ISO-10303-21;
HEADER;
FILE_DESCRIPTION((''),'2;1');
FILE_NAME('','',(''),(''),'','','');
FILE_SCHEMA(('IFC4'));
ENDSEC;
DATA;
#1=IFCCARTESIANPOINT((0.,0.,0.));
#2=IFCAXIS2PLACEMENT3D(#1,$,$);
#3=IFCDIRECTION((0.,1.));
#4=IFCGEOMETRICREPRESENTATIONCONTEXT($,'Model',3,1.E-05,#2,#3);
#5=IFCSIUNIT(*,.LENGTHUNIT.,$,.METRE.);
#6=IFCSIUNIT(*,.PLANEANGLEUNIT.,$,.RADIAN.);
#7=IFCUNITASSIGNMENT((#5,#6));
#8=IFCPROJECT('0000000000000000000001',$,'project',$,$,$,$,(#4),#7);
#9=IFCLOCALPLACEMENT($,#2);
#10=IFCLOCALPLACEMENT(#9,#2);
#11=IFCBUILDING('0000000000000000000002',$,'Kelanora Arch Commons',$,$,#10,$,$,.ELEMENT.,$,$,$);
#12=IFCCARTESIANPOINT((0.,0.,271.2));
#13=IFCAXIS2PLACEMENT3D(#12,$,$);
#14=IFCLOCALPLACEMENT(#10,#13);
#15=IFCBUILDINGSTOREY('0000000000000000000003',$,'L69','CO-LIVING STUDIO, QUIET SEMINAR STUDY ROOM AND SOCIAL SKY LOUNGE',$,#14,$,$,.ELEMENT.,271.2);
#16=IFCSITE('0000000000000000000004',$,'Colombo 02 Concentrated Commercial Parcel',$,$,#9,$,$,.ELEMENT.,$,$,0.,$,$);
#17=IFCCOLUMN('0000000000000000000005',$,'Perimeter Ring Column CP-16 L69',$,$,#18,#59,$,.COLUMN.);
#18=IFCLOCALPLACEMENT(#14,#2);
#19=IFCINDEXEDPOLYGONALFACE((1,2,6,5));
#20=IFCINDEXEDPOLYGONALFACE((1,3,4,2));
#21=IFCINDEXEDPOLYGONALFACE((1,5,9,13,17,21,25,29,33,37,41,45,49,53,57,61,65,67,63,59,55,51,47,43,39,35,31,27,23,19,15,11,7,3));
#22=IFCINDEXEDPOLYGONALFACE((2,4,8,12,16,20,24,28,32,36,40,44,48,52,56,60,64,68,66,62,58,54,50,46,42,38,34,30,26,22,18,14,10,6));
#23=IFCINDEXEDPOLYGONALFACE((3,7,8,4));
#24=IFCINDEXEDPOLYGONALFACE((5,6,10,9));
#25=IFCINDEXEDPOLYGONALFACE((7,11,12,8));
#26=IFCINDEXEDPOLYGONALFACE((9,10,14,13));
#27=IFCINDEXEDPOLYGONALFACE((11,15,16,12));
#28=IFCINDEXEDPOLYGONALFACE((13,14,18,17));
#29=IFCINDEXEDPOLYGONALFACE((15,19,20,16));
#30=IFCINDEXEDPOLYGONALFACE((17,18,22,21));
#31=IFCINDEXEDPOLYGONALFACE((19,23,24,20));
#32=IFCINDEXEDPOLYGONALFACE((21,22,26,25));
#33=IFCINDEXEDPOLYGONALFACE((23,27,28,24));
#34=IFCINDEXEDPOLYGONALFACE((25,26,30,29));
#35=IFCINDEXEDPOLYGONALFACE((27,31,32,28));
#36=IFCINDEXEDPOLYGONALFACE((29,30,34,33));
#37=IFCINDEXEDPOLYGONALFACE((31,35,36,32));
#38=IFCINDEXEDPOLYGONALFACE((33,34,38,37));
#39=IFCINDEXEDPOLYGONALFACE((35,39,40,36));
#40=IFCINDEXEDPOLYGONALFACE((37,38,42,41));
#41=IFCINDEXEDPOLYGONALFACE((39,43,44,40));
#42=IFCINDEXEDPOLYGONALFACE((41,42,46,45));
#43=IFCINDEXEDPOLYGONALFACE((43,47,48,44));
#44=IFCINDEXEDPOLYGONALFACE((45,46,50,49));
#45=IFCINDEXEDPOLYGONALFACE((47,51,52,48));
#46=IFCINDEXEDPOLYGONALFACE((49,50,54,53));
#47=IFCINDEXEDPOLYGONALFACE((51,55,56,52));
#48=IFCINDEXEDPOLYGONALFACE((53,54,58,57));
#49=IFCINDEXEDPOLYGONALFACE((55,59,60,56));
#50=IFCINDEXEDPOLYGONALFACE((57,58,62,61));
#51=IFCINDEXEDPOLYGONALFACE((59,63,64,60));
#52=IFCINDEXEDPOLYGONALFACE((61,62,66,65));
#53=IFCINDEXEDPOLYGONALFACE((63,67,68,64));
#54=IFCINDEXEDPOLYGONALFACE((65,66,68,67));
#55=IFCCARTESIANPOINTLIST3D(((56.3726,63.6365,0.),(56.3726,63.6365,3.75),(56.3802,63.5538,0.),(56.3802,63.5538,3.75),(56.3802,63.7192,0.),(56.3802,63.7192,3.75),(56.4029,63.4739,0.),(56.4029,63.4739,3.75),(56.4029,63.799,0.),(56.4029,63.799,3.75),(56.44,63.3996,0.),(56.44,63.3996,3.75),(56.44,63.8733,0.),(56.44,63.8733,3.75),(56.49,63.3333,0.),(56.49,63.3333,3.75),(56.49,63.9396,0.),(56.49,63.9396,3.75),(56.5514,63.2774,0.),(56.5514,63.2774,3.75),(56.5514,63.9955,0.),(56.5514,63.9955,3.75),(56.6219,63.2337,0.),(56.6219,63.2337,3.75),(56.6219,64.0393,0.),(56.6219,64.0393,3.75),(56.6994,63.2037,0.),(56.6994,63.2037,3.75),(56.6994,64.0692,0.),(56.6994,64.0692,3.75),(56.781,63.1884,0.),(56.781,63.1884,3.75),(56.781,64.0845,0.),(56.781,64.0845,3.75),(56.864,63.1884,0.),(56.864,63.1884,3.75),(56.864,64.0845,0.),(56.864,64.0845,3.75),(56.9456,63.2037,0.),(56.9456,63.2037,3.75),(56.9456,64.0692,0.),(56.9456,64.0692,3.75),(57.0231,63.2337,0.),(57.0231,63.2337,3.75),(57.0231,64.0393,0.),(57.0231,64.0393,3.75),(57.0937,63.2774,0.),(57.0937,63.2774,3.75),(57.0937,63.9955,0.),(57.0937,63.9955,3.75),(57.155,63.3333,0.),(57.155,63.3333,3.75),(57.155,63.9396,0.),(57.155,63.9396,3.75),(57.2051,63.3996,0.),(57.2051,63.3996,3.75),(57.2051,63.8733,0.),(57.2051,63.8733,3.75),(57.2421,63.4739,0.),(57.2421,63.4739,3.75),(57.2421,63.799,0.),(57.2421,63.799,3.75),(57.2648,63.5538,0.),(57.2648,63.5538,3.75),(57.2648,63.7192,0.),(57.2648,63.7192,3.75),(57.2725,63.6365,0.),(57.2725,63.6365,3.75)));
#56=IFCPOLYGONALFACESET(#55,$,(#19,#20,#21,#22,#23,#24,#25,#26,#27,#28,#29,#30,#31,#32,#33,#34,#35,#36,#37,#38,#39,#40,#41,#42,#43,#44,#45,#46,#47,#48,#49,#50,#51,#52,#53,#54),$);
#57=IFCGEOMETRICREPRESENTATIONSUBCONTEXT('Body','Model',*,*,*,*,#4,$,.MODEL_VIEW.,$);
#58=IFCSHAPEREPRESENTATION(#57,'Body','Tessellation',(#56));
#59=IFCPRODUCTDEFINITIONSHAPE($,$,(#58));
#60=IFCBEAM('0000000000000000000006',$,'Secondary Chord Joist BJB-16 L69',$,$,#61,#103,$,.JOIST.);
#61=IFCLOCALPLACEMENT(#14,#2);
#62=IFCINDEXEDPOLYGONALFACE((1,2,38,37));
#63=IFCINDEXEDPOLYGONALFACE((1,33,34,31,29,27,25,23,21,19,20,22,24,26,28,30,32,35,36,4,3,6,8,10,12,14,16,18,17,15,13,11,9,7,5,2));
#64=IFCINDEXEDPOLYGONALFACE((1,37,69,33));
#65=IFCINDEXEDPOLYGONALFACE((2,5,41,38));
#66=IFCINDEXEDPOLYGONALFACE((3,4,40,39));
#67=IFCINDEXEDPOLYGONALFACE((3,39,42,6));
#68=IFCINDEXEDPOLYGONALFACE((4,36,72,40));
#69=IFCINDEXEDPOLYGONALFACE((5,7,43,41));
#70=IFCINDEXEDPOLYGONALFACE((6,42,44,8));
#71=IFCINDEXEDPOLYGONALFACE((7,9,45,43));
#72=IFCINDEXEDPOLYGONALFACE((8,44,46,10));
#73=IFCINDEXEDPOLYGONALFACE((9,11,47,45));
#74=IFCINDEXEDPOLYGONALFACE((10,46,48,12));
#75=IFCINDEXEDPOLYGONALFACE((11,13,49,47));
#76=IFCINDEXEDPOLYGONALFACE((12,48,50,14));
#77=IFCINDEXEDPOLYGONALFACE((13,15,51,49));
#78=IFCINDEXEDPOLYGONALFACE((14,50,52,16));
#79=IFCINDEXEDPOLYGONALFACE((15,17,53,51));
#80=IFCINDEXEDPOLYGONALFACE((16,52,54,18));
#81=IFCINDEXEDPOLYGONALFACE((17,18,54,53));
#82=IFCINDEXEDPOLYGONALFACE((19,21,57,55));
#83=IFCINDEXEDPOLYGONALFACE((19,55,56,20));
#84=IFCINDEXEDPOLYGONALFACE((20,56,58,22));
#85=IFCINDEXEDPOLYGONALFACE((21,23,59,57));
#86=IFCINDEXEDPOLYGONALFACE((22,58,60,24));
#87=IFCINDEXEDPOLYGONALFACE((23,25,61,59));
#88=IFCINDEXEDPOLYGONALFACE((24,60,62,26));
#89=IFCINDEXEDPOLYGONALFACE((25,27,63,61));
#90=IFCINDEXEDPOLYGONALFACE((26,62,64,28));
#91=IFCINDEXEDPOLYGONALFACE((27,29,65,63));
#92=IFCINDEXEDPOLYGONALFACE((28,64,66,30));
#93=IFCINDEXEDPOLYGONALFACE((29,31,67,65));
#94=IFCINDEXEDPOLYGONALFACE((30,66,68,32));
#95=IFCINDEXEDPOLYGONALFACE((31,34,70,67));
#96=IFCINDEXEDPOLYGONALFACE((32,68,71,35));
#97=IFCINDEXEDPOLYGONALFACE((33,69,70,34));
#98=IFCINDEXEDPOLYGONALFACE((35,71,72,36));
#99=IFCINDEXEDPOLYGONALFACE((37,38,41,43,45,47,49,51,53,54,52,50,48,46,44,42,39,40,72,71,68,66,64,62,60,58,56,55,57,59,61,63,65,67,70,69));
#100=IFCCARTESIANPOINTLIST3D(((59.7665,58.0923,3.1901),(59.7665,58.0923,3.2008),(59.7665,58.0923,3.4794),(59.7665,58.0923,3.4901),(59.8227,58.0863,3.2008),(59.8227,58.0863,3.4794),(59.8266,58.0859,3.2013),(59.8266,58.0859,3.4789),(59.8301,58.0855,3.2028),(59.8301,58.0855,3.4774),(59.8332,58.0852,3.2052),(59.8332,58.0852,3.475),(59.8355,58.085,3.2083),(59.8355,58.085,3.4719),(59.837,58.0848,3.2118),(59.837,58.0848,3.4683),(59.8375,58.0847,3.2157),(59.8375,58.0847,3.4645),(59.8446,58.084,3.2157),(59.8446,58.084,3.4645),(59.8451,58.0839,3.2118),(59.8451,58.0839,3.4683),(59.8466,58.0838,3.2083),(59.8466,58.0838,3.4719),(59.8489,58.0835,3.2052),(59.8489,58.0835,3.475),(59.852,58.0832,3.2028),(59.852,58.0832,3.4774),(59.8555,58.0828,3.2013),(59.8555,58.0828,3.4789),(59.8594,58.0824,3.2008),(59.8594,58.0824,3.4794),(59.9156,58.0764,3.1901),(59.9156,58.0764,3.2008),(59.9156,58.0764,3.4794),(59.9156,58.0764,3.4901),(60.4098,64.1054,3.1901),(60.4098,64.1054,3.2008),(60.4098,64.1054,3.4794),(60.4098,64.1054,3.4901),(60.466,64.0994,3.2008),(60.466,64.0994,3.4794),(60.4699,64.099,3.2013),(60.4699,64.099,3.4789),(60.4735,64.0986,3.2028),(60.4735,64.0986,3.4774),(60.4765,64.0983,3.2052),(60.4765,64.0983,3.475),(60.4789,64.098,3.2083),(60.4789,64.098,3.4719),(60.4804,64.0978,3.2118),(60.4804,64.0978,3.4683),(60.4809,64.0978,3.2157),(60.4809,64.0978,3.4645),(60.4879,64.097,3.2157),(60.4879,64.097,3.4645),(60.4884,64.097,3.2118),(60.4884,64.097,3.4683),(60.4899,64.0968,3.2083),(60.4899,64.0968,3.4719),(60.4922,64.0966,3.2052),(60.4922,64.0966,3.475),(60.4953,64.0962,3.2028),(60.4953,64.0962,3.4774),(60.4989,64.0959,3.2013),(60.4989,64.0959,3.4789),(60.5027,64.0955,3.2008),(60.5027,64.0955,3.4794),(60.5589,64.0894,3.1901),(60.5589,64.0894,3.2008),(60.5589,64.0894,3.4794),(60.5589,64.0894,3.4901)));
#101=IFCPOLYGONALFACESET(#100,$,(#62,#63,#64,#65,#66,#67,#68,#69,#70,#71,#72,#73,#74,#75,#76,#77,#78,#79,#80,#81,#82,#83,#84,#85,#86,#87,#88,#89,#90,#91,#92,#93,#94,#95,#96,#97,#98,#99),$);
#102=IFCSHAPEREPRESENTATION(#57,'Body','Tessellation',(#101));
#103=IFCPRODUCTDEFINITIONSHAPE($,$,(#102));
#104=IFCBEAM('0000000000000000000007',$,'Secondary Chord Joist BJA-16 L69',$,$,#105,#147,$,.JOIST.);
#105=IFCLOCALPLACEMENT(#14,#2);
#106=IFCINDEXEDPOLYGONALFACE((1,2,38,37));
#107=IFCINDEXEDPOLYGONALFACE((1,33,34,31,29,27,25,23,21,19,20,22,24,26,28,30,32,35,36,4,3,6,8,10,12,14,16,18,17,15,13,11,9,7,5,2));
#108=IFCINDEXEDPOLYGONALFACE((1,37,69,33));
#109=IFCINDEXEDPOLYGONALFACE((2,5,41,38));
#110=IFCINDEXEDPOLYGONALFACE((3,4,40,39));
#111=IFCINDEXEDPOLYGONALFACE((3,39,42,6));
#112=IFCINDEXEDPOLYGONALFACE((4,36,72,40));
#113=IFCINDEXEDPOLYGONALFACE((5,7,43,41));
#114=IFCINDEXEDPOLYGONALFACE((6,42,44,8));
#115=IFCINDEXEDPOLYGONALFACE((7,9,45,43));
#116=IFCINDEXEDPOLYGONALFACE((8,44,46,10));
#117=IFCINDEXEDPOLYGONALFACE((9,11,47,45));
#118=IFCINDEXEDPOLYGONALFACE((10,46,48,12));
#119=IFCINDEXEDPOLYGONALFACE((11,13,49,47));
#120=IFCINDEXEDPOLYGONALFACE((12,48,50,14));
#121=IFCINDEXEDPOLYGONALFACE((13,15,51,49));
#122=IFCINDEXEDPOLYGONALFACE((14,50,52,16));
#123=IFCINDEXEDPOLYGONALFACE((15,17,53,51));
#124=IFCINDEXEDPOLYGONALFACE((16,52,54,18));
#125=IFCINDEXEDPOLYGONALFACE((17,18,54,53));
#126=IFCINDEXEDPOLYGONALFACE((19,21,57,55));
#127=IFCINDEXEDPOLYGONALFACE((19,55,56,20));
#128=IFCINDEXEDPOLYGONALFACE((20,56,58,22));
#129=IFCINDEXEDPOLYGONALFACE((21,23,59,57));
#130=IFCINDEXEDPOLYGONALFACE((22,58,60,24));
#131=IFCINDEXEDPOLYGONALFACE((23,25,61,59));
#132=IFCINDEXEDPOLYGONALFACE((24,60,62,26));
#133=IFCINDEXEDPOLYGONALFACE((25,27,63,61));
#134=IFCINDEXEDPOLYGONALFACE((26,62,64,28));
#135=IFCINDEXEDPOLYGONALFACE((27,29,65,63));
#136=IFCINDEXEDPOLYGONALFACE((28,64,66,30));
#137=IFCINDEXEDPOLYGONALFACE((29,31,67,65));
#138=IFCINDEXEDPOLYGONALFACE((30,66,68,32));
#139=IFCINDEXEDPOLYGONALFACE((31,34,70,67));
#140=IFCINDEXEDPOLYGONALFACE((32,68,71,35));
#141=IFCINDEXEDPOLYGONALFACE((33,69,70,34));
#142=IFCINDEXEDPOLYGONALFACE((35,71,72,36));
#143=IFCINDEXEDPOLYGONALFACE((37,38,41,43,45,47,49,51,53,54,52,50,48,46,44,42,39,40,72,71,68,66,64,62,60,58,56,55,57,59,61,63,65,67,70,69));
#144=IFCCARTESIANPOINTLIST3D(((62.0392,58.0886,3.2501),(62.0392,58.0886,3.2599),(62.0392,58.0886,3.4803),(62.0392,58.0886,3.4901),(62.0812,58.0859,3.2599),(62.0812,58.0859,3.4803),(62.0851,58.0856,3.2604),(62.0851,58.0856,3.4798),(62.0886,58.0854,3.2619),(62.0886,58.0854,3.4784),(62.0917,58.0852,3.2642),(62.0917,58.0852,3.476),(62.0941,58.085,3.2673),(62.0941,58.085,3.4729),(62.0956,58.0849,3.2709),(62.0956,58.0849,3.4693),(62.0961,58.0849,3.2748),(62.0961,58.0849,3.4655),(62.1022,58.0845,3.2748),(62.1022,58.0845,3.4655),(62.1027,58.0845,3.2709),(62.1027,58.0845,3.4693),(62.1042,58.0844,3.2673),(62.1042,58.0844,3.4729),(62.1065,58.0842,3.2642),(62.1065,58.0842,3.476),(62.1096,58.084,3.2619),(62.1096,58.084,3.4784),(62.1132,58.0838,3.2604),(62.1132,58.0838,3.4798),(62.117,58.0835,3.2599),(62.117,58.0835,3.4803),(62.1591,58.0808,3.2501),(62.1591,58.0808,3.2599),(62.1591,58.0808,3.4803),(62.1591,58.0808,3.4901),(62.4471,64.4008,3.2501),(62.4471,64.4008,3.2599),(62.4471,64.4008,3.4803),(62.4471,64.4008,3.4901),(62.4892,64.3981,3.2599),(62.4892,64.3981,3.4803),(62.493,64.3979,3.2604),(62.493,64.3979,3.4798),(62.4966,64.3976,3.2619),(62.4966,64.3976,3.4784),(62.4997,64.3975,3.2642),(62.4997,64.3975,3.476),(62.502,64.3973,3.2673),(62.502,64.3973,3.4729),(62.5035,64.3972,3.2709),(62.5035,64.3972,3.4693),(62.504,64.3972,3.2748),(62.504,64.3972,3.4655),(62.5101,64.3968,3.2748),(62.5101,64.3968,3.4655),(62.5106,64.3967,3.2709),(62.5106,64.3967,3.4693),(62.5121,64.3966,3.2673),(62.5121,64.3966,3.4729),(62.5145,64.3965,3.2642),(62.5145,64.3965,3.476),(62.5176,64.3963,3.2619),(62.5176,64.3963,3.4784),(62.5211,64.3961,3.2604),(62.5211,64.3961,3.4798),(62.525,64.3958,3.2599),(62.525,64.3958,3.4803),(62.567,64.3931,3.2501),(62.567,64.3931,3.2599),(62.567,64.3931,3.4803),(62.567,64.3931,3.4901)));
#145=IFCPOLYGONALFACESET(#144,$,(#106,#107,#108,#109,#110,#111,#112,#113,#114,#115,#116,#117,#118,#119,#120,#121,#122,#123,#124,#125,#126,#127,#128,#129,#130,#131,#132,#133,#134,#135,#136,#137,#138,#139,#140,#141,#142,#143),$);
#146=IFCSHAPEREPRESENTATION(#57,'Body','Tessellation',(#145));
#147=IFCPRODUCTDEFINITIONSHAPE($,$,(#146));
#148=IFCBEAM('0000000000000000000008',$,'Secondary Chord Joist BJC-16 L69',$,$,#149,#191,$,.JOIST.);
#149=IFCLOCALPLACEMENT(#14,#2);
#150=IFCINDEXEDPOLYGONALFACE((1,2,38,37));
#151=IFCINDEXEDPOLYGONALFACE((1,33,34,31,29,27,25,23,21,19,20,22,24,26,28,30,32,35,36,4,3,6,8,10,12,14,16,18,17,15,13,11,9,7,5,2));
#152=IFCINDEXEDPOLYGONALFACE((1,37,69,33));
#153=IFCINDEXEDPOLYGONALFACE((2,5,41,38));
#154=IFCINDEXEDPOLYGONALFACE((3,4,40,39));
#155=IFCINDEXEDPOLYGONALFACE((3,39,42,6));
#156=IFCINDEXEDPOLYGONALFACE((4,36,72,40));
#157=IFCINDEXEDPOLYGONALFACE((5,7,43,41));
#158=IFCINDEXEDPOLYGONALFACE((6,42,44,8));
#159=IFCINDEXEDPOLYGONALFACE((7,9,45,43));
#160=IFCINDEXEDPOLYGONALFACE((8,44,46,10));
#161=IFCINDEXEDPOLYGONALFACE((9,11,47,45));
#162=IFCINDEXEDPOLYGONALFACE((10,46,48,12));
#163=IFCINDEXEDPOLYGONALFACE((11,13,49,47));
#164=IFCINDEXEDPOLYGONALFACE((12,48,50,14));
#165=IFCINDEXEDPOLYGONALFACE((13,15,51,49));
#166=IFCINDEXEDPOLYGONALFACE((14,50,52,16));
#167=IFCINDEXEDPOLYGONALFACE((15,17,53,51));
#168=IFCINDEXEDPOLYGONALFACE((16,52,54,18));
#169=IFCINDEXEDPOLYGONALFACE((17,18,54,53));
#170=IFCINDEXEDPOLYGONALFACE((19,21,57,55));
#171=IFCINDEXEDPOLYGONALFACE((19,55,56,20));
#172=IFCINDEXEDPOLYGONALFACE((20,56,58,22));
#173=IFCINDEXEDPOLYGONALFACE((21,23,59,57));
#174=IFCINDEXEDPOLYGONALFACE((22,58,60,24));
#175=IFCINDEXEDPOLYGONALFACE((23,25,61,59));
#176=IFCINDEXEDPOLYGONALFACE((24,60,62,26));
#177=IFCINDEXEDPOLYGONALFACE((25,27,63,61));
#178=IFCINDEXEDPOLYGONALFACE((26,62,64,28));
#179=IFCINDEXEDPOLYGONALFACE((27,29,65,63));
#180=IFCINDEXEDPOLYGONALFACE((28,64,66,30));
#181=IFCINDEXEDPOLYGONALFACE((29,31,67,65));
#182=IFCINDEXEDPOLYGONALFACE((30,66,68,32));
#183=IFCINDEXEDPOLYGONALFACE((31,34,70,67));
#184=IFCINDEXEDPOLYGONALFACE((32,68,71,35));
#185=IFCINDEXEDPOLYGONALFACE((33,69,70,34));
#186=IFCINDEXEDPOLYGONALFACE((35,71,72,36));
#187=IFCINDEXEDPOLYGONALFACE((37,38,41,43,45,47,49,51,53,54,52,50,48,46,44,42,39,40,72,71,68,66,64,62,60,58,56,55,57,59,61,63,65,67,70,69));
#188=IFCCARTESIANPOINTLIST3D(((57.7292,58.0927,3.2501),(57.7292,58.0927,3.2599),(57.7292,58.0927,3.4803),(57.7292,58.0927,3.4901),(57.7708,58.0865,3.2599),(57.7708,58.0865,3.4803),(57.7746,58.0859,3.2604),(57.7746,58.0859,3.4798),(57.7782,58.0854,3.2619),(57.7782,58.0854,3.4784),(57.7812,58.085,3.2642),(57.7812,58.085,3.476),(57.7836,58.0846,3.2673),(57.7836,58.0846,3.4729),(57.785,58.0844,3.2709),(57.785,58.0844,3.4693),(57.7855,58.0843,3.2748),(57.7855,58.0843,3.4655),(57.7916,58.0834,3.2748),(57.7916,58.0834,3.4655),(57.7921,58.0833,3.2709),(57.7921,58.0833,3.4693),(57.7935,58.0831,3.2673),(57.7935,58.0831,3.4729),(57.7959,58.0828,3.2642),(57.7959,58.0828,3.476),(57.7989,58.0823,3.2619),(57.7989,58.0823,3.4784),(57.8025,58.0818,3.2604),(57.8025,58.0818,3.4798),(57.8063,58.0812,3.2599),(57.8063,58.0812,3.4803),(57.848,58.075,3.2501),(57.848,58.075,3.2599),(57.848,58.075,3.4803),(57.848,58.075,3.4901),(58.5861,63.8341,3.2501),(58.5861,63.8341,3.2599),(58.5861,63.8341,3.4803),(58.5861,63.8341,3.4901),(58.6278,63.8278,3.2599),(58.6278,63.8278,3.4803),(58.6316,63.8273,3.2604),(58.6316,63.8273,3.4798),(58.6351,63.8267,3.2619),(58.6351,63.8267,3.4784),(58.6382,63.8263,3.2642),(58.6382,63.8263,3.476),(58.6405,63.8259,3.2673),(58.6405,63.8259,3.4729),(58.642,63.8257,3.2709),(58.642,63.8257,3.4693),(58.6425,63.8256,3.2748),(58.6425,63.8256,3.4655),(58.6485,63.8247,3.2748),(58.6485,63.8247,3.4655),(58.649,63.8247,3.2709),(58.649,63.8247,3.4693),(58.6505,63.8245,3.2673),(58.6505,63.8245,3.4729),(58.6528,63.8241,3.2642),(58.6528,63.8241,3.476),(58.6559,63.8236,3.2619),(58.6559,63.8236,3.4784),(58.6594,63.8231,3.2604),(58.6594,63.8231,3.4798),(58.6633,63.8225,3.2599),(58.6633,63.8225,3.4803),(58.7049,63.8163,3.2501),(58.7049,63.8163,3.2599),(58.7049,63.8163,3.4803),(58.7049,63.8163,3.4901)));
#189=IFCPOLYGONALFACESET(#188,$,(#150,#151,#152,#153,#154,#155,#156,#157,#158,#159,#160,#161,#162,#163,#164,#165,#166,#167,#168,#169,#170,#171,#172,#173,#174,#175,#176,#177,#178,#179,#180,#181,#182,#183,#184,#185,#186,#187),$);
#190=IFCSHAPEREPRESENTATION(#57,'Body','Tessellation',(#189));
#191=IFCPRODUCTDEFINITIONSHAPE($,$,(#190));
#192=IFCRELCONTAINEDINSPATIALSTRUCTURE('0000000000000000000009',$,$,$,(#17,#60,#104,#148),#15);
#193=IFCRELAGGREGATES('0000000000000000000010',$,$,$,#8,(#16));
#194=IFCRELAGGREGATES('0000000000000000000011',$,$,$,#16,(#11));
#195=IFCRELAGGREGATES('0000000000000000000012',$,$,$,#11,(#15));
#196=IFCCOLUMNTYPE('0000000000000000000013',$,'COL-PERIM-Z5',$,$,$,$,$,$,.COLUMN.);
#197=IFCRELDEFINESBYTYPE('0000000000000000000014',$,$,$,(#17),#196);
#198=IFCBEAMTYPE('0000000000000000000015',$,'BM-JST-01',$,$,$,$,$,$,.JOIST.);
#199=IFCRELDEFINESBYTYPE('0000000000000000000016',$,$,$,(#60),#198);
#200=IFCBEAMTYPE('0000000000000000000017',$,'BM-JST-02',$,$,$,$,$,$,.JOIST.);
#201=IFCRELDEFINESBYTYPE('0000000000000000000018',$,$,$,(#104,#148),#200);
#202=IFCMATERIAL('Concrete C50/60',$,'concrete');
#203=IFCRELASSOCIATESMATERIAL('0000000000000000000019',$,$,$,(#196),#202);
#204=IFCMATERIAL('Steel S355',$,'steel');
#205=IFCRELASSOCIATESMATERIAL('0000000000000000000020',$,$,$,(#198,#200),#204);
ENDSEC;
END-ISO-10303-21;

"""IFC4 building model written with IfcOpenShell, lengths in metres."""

from ifc_helpers import new_model, si_unit, direction, frame, origin, origin_2d, place, context, subcontext, project, spatial, circle, i_section, extrude, material, material_profile, profile_set, type_object, element, save


model = new_model("IFC4")

# Units and contexts
model_context = context("Model", 3, precision=1e-05, world=origin(), true_north=direction((0.0, 1.0)))
body_context = subcontext(model_context, "Body", "Model", "MODEL_VIEW")
ifc_project = project(units=[si_unit("LENGTHUNIT", "METRE"), si_unit("PLANEANGLEUNIT", "RADIAN")], contexts=[model_context])

# Site, building, storey
site_placement = place(None, origin())
site = spatial("IfcSite", under=ifc_project, at=site_placement, Name="Colombo 02 Concentrated Commercial Parcel", CompositionType="ELEMENT", RefElevation=0.0)
building_placement = place(site_placement, origin())
building = spatial("IfcBuilding", under=site, at=building_placement, Name="Kelanora Arch Commons", CompositionType="ELEMENT")
storey_placement = place(building_placement, frame((0.0, 0.0, 271.2)))
storey = spatial("IfcBuildingStorey", under=building, at=storey_placement, Name="L69", Description="CO-LIVING STUDIO, QUIET SEMINAR STUDY ROOM AND SOCIAL SKY LOUNGE", CompositionType="ELEMENT", Elevation=271.2)

# Column
ifc_material_1 = material(Name="Concrete C50/60", Category="concrete")
ifc_material_profile_1 = material_profile(ifc_material_1, circle(Radius=0.45, at=origin_2d()), Name="RCC900")
ifc_profile_set_1 = profile_set([ifc_material_profile_1], Name="Concrete C50/60")
column_type = type_object("IfcColumnType", Name="COL-PERIM-Z5", PredefinedType="COLUMN", material=ifc_profile_set_1)
column_placement = place(storey_placement, frame((56.8225, 63.6365, 0.0), z_axis=(0.0, 0.0, 1.0), x_axis=(1.0, 0.0, 0.0)))
element("IfcColumn", 1, at=column_placement, inside=storey, type_object=column_type, Name="Perimeter Ring Column CP-16 L69", PredefinedType="COLUMN", context=body_context, shape_type="SweptSolid", body=[
    extrude(circle(Radius=0.45, at=origin_2d()), origin(), (0.0, 0.0, 1.0), 3.75),
])

# Beams
ifc_material_2 = material(Name="Steel S355", Category="steel")
ifc_material_profile_2 = material_profile(ifc_material_2, i_section(OverallWidth=0.1499, OverallDepth=0.3, WebThickness=0.0071, FlangeThickness=0.0107, FilletRadius=0.0149, at=origin_2d()), Name="IPE300")
ifc_profile_set_2 = profile_set([ifc_material_profile_2], Name="Steel S355")
beam_type_1 = type_object("IfcBeamType", Name="BM-JST-01", PredefinedType="JOIST", material=ifc_profile_set_2)
beam_1_placement = place(storey_placement, frame((60.4844, 64.0974, 3.3401), z_axis=(-0.106381, -0.994325, 0.0), x_axis=(0.994325, -0.106381, 0.0)))
element("IfcBeam", 2, at=beam_1_placement, inside=storey, type_object=beam_type_1, Name="Secondary Chord Joist BJB-16 L69", PredefinedType="JOIST", context=body_context, shape_type="SweptSolid", body=[
    extrude(i_section(OverallWidth=0.1499, OverallDepth=0.3, WebThickness=0.0071, FlangeThickness=0.0107, FilletRadius=0.0149, at=origin_2d()), origin(), (0.0, 0.0, 1.0), 6.0474),
])
ifc_material_profile_3 = material_profile(ifc_material_2, i_section(OverallWidth=0.1201, OverallDepth=0.24, WebThickness=0.0061, FlangeThickness=0.0098, FilletRadius=0.0149, at=origin_2d()), Name="IPE240")
ifc_profile_set_3 = profile_set([ifc_material_profile_3], Name="Steel S355")
beam_type_2 = type_object("IfcBeamType", Name="BM-JST-02", PredefinedType="JOIST", material=ifc_profile_set_3)
beam_2_placement = place(storey_placement, frame((62.5071, 64.397, 3.3701), z_axis=(-0.064495, -0.997918, 0.0), x_axis=(0.997918, -0.064495, 0.0)))
element("IfcBeam", 3, at=beam_2_placement, inside=storey, type_object=beam_type_2, Name="Secondary Chord Joist BJA-16 L69", PredefinedType="JOIST", context=body_context, shape_type="SweptSolid", body=[
    extrude(i_section(OverallWidth=0.1201, OverallDepth=0.24, WebThickness=0.0061, FlangeThickness=0.0098, FilletRadius=0.0149, at=origin_2d()), origin(), (0.0, 0.0, 1.0), 6.3254),
])
beam_3_placement = place(storey_placement, frame((58.6455, 63.8252, 3.3701), z_axis=(-0.147625, -0.989043, 0.0), x_axis=(0.989043, -0.147625, 0.0)))
element("IfcBeam", 4, at=beam_3_placement, inside=storey, type_object=beam_type_2, Name="Secondary Chord Joist BJC-16 L69", PredefinedType="JOIST", context=body_context, shape_type="SweptSolid", body=[
    extrude(i_section(OverallWidth=0.1201, OverallDepth=0.24, WebThickness=0.0061, FlangeThickness=0.0098, FilletRadius=0.0149, at=origin_2d()), origin(), (0.0, 0.0, 1.0), 5.8049),
])

save(model, "model.ifc")
